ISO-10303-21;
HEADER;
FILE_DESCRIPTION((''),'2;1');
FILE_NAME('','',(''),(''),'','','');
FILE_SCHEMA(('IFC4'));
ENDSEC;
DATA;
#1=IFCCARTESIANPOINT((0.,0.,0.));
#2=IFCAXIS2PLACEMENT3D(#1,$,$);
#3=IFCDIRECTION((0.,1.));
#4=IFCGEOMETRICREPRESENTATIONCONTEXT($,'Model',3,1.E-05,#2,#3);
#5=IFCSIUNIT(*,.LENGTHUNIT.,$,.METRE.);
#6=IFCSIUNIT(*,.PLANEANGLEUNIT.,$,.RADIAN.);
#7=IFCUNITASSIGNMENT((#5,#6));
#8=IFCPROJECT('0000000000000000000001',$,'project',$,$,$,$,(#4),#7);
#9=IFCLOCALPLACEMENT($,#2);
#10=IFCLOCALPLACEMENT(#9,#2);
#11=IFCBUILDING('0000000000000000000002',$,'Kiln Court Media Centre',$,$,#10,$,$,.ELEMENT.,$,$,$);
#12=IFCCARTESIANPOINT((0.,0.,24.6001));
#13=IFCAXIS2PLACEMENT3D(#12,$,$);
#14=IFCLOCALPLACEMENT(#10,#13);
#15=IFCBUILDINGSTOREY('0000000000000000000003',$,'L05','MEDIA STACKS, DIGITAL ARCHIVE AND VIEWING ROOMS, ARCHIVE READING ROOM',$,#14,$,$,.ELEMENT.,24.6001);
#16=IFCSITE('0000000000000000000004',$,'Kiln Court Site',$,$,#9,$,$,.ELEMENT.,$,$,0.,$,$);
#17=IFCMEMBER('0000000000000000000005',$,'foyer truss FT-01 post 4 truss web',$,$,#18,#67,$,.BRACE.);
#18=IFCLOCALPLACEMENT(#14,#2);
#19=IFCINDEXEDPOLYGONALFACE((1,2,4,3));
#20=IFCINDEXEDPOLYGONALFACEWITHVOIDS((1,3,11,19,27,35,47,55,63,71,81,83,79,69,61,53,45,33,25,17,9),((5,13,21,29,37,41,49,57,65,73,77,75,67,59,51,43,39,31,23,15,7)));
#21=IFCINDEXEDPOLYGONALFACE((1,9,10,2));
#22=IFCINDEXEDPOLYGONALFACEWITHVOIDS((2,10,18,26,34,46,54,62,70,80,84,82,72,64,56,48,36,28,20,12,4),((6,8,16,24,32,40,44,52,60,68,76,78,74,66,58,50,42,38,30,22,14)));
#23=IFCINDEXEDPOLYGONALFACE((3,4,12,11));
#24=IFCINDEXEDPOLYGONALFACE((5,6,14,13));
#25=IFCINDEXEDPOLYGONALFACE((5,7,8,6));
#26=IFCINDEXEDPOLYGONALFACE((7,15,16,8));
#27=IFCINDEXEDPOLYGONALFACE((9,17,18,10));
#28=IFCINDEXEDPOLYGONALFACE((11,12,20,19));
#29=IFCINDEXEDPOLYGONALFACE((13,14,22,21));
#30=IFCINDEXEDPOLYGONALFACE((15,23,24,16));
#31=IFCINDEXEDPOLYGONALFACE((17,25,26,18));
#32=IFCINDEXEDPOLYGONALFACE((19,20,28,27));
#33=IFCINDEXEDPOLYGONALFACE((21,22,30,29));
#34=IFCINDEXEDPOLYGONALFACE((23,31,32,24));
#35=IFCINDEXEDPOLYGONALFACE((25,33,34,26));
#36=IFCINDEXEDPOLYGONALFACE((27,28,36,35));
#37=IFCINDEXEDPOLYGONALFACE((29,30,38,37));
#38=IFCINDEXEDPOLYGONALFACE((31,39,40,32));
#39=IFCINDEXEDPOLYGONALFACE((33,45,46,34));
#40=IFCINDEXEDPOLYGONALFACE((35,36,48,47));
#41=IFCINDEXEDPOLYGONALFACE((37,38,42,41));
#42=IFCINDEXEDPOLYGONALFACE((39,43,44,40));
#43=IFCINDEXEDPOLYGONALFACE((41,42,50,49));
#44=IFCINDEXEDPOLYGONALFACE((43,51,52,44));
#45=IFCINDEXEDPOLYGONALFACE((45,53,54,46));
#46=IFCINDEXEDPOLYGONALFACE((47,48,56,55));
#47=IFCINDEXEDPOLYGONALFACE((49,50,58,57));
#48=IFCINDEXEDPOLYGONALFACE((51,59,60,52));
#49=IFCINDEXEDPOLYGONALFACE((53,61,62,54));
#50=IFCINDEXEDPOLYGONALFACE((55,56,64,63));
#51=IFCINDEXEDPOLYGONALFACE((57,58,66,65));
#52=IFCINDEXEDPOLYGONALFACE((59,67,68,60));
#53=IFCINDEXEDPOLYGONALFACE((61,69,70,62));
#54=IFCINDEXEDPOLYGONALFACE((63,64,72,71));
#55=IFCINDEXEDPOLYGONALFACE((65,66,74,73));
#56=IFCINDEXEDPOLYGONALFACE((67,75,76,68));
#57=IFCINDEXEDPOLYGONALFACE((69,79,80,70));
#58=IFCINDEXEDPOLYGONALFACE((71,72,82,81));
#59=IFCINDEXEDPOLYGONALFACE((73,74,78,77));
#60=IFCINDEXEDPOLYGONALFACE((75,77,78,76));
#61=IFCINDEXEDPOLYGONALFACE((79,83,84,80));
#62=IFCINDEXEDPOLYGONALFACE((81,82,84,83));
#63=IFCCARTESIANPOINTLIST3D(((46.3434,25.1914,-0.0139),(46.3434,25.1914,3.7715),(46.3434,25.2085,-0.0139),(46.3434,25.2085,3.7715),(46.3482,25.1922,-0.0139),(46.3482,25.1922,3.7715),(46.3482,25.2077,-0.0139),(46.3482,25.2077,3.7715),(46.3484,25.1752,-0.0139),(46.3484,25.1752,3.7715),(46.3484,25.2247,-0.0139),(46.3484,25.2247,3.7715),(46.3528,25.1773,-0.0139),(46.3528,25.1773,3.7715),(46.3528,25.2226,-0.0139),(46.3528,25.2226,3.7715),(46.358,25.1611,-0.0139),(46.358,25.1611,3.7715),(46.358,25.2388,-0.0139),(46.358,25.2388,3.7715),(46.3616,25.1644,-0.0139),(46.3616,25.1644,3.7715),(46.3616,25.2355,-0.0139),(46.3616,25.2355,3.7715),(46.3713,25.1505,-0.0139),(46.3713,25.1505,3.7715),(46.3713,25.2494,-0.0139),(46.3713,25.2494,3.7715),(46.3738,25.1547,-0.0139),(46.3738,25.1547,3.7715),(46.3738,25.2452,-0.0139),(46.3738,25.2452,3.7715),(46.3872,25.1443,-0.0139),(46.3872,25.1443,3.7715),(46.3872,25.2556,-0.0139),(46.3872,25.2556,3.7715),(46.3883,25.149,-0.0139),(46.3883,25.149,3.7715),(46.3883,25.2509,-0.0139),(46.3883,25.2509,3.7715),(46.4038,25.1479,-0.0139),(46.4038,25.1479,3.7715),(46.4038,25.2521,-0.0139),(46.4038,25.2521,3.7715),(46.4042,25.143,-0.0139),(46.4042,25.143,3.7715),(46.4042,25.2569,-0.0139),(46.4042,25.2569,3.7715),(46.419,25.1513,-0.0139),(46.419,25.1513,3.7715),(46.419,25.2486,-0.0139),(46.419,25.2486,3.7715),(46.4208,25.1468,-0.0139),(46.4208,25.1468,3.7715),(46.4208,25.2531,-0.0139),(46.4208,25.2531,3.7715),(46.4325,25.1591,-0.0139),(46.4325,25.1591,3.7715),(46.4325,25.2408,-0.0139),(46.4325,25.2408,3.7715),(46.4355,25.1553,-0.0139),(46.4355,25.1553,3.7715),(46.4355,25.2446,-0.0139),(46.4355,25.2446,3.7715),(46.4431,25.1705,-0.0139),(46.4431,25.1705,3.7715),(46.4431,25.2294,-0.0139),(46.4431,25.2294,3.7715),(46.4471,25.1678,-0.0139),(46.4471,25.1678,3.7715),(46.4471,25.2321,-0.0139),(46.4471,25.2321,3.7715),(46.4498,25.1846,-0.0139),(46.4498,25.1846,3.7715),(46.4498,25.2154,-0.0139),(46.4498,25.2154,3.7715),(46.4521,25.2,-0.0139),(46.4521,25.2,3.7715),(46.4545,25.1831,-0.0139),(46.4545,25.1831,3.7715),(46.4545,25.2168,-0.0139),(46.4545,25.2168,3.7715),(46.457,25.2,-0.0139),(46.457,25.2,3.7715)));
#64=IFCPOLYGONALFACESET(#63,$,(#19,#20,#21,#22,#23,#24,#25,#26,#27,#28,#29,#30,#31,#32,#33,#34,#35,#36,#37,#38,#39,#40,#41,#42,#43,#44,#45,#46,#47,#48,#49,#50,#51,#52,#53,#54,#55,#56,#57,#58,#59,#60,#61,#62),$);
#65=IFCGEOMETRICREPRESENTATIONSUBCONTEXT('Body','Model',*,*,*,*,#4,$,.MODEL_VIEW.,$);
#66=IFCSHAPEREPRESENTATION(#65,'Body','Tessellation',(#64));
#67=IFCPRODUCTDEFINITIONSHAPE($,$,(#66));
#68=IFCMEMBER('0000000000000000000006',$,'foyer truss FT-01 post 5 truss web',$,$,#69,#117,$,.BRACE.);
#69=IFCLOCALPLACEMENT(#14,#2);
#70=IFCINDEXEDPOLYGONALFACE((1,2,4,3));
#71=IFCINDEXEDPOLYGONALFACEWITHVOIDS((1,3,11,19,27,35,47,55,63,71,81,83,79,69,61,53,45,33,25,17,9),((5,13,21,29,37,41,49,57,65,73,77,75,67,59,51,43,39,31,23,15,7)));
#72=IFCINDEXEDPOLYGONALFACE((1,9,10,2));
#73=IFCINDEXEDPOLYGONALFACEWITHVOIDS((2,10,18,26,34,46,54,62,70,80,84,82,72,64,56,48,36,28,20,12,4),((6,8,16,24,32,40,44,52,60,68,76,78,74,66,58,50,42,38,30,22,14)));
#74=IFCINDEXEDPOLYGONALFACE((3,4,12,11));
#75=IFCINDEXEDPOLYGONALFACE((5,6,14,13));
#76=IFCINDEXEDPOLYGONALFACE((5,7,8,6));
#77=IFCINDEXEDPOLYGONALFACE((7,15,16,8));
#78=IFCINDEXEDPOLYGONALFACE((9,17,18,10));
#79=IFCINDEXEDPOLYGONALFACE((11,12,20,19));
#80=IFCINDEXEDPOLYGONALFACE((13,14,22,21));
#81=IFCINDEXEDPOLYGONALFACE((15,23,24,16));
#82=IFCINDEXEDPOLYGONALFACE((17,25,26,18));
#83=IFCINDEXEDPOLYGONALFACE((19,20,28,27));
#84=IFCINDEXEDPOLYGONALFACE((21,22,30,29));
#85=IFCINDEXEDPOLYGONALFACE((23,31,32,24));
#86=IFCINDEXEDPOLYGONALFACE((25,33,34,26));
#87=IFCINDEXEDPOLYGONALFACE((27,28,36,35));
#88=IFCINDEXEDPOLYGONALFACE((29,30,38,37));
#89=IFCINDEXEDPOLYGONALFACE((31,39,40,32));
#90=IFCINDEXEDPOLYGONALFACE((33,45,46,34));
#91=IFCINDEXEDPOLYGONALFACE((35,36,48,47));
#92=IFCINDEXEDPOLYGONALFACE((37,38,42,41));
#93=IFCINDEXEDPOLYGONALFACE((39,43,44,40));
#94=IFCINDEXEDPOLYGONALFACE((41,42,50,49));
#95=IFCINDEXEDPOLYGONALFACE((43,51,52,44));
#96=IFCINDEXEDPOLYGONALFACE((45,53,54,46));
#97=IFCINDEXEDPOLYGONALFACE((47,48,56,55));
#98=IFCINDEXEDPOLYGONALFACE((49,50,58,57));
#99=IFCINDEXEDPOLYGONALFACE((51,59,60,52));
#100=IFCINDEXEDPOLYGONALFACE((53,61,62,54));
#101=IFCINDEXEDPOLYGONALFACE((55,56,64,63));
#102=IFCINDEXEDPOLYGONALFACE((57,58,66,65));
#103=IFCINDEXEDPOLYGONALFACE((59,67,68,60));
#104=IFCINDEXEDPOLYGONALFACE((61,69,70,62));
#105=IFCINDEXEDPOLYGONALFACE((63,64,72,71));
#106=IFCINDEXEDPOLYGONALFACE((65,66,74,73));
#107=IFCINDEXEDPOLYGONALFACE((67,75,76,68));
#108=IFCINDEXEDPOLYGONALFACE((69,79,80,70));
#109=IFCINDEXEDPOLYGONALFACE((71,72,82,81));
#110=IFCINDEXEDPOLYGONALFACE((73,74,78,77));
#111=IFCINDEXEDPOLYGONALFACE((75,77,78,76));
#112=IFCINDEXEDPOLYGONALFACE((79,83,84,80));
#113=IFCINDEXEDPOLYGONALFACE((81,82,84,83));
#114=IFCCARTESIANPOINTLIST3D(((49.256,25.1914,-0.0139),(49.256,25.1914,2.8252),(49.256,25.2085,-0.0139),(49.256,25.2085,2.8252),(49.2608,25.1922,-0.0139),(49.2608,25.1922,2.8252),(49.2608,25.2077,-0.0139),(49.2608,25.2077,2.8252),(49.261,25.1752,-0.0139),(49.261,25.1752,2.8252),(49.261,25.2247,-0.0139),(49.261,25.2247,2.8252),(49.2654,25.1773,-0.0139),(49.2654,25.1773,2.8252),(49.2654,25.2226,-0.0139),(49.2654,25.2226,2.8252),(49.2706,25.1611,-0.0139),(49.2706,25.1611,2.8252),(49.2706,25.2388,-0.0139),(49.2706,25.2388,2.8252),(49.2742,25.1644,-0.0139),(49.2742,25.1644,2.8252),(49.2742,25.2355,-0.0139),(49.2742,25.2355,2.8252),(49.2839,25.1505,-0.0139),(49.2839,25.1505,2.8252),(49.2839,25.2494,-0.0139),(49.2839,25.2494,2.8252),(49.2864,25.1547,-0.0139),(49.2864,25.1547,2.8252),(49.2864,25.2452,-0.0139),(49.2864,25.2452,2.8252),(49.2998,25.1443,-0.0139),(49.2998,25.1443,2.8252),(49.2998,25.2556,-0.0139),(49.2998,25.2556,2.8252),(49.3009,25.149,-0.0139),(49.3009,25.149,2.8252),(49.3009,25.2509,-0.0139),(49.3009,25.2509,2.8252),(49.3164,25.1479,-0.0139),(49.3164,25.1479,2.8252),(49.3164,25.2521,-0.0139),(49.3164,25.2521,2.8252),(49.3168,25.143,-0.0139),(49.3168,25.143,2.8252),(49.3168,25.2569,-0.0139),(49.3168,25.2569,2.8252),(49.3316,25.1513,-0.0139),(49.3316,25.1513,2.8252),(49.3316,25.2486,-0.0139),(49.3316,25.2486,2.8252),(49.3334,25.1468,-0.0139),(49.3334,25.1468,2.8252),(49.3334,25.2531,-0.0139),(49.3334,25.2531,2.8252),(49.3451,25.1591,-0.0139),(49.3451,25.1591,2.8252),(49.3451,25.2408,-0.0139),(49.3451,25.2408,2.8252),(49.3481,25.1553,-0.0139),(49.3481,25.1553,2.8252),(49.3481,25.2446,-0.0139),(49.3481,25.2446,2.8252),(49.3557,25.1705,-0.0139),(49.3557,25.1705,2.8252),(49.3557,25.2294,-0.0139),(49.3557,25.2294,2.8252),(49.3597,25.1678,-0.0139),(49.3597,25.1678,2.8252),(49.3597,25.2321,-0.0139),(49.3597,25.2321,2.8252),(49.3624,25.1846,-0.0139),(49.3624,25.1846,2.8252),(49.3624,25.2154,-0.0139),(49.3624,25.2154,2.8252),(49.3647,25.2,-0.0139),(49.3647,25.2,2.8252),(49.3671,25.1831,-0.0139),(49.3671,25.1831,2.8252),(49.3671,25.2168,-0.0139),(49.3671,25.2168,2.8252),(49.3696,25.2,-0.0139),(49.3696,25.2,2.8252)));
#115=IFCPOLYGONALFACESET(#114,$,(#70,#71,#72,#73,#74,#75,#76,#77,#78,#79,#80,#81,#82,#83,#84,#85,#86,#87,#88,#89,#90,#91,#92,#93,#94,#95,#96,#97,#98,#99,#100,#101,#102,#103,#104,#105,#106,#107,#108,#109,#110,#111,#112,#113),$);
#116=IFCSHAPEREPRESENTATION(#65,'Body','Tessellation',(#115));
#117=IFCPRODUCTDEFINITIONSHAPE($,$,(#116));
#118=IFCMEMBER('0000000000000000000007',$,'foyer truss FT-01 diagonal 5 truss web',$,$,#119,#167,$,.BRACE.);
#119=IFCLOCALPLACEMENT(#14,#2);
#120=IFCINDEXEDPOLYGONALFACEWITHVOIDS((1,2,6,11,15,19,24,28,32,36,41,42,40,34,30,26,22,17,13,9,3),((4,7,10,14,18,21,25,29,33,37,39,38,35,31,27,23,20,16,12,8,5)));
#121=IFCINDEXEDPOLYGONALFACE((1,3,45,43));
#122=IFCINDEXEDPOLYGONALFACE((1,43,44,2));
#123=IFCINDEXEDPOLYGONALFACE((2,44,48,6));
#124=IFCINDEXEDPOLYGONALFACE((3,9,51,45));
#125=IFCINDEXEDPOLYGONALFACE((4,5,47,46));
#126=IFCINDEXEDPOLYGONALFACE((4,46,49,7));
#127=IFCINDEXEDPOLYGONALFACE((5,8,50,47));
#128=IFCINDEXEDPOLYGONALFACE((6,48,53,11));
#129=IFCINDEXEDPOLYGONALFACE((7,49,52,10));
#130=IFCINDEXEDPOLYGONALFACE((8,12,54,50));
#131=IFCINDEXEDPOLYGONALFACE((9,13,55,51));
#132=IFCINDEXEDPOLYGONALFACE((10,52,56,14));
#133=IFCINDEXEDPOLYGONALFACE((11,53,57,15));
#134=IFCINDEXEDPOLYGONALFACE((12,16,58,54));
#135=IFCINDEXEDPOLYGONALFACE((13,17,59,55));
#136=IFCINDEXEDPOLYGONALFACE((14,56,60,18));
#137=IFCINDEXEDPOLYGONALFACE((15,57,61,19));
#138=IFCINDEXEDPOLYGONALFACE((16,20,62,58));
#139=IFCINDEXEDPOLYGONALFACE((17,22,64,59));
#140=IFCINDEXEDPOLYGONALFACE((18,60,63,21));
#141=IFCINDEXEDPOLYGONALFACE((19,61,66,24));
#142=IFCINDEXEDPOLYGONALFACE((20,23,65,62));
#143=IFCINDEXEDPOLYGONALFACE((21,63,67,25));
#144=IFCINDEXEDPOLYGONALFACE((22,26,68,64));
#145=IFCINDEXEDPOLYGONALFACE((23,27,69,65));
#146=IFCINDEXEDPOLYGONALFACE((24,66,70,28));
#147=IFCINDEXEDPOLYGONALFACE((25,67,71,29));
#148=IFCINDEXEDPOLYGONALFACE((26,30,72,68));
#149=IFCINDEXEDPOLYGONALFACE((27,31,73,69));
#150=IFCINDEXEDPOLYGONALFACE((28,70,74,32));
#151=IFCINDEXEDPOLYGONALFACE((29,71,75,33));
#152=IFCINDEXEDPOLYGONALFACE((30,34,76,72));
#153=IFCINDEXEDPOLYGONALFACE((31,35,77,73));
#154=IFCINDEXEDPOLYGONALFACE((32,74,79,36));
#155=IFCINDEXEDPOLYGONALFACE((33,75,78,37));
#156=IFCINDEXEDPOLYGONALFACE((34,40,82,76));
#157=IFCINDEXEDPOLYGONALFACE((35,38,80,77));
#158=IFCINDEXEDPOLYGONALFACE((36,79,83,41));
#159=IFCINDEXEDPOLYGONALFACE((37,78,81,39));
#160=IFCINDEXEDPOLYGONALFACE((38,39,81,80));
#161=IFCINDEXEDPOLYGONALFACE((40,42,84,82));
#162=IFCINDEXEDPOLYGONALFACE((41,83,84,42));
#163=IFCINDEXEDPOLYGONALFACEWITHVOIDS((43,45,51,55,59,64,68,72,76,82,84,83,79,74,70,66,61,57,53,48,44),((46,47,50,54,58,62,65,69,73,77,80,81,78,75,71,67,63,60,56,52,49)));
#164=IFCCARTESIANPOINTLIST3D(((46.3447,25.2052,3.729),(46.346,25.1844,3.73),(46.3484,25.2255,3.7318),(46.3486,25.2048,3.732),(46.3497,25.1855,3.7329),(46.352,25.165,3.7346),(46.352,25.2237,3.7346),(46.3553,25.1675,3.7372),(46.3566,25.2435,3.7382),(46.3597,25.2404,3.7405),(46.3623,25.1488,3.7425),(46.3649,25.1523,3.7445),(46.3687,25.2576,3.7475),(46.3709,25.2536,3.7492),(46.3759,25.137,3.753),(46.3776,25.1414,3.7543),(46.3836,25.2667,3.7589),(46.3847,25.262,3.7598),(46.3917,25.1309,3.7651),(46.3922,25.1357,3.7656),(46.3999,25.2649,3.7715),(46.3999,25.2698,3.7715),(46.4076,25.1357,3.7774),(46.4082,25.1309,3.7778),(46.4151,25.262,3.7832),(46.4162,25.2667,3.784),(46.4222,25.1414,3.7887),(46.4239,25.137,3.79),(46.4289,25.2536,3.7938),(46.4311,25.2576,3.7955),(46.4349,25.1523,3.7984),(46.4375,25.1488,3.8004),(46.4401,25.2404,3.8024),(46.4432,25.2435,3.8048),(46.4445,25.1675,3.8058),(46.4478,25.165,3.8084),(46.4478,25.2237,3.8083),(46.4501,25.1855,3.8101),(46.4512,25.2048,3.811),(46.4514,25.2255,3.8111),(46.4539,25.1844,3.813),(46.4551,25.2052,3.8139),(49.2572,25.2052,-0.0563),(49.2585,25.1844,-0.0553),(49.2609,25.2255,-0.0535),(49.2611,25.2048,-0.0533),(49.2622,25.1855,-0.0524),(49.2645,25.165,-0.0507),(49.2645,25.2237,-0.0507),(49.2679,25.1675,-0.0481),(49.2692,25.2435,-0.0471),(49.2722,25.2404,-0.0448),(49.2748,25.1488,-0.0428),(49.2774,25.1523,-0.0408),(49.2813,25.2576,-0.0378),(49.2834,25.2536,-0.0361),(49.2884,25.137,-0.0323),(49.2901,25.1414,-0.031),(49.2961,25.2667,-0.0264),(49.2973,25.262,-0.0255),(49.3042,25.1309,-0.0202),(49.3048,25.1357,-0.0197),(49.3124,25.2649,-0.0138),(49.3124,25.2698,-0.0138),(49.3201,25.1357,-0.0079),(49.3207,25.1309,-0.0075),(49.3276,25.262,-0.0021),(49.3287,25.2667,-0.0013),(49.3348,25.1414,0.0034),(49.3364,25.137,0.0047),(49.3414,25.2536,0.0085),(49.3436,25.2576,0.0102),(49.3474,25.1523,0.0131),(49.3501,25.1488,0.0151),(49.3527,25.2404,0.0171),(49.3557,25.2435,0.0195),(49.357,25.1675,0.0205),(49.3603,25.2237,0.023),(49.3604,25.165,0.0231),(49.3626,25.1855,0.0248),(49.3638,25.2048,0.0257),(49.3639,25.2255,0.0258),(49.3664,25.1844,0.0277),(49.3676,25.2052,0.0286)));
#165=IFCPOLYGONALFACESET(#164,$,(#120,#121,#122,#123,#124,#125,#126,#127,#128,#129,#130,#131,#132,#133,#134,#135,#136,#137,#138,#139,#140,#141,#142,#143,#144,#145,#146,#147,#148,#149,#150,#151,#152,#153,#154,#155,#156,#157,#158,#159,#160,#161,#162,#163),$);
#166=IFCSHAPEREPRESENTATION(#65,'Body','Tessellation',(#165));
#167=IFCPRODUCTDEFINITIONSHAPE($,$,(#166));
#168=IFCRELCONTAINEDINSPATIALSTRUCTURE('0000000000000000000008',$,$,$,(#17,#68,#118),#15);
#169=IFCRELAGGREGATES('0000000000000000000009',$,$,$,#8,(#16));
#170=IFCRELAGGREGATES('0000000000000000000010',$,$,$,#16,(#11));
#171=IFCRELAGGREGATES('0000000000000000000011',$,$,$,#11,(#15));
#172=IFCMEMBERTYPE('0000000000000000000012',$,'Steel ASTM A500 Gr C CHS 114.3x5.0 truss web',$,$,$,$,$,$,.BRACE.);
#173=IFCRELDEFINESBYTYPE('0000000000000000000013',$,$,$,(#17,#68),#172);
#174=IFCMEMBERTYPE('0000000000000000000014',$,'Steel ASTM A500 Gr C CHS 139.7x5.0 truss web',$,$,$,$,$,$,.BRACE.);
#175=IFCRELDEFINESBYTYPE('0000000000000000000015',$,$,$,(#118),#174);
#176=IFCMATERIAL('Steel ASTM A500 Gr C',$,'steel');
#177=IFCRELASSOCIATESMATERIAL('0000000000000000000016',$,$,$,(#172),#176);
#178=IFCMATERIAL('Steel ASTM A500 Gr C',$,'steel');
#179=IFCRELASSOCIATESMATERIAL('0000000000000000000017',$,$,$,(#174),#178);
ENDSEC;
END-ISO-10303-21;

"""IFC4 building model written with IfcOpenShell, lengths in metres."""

from ifc_helpers import new_model, si_unit, direction, frame, origin, origin_2d, place, context, subcontext, project, spatial, hollow_circle, extrude, material, material_profile, profile_set, type_object, element, save


model = new_model("IFC4")

# Units and contexts
model_context = context("Model", 3, precision=1e-05, world=origin(), true_north=direction((0.0, 1.0)))
body_context = subcontext(model_context, "Body", "Model", "MODEL_VIEW")
ifc_project = project(units=[si_unit("LENGTHUNIT", "METRE"), si_unit("PLANEANGLEUNIT", "RADIAN")], contexts=[model_context])

# Site, building, storey
site_placement = place(None, origin())
site = spatial("IfcSite", under=ifc_project, at=site_placement, Name="Kiln Court Site", CompositionType="ELEMENT", RefElevation=0.0)
building_placement = place(site_placement, origin())
building = spatial("IfcBuilding", under=site, at=building_placement, Name="Kiln Court Media Centre", CompositionType="ELEMENT")
storey_placement = place(building_placement, frame((0.0, 0.0, 24.6001)))
storey = spatial("IfcBuildingStorey", under=building, at=storey_placement, Name="L05", Description="MEDIA STACKS, DIGITAL ARCHIVE AND VIEWING ROOMS, ARCHIVE READING ROOM", CompositionType="ELEMENT", Elevation=24.6001)

# Members
ifc_material_1 = material(Name="Steel ASTM A500 Gr C", Category="steel")
ifc_material_profile_1 = material_profile(ifc_material_1, hollow_circle(Radius=0.0571, WallThickness=0.0049, at=origin_2d()), Name="CHS 114.3x5.0")
ifc_profile_set_1 = profile_set([ifc_material_profile_1], Name="Steel ASTM A500 Gr C")
member_type_1 = type_object("IfcMemberType", Name="Steel ASTM A500 Gr C CHS 114.3x5.0 truss web", PredefinedType="BRACE", material=ifc_profile_set_1)
member_1_placement = place(storey_placement, frame((46.3999, 25.2, -0.0139), z_axis=(0.0, 0.0, 1.0), x_axis=(1.0, 0.0, 0.0)))
element("IfcMember", 1, at=member_1_placement, inside=storey, type_object=member_type_1, Name="foyer truss FT-01 post 4 truss web", PredefinedType="BRACE", context=body_context, shape_type="SweptSolid", body=[
    extrude(hollow_circle(Radius=0.0571, WallThickness=0.0049, at=origin_2d()), origin(), (0.0, 0.0, 1.0), 3.7854),
])
member_2_placement = place(storey_placement, frame((49.3125, 25.2, -0.0139), z_axis=(0.0, 0.0, 1.0), x_axis=(1.0, 0.0, 0.0)))
element("IfcMember", 2, at=member_2_placement, inside=storey, type_object=member_type_1, Name="foyer truss FT-01 post 5 truss web", PredefinedType="BRACE", context=body_context, shape_type="SweptSolid", body=[
    extrude(hollow_circle(Radius=0.0571, WallThickness=0.0049, at=origin_2d()), origin(), (0.0, 0.0, 1.0), 2.8391),
])
ifc_material_2 = material(Name="Steel ASTM A500 Gr C", Category="steel")
ifc_material_profile_2 = material_profile(ifc_material_2, hollow_circle(Radius=0.0698, WallThickness=0.0049, at=origin_2d()), Name="CHS 139.7x5.0")
ifc_profile_set_2 = profile_set([ifc_material_profile_2], Name="Steel ASTM A500 Gr C")
member_type_2 = type_object("IfcMemberType", Name="Steel ASTM A500 Gr C CHS 139.7x5.0 truss web", PredefinedType="BRACE", material=ifc_profile_set_2)
member_3_placement = place(storey_placement, frame((46.3999, 25.2, 3.7715), z_axis=(0.60981, 0.0, -0.792548), x_axis=(0.0, 1.0, 0.0)))
element("IfcMember", 3, at=member_3_placement, inside=storey, type_object=member_type_2, Name="foyer truss FT-01 diagonal 5 truss web", PredefinedType="BRACE", context=body_context, shape_type="SweptSolid", body=[
    extrude(hollow_circle(Radius=0.0698, WallThickness=0.0049, at=origin_2d()), origin(), (0.0, 0.0, 1.0), 4.7761),
])

save(model, "model.ifc")
